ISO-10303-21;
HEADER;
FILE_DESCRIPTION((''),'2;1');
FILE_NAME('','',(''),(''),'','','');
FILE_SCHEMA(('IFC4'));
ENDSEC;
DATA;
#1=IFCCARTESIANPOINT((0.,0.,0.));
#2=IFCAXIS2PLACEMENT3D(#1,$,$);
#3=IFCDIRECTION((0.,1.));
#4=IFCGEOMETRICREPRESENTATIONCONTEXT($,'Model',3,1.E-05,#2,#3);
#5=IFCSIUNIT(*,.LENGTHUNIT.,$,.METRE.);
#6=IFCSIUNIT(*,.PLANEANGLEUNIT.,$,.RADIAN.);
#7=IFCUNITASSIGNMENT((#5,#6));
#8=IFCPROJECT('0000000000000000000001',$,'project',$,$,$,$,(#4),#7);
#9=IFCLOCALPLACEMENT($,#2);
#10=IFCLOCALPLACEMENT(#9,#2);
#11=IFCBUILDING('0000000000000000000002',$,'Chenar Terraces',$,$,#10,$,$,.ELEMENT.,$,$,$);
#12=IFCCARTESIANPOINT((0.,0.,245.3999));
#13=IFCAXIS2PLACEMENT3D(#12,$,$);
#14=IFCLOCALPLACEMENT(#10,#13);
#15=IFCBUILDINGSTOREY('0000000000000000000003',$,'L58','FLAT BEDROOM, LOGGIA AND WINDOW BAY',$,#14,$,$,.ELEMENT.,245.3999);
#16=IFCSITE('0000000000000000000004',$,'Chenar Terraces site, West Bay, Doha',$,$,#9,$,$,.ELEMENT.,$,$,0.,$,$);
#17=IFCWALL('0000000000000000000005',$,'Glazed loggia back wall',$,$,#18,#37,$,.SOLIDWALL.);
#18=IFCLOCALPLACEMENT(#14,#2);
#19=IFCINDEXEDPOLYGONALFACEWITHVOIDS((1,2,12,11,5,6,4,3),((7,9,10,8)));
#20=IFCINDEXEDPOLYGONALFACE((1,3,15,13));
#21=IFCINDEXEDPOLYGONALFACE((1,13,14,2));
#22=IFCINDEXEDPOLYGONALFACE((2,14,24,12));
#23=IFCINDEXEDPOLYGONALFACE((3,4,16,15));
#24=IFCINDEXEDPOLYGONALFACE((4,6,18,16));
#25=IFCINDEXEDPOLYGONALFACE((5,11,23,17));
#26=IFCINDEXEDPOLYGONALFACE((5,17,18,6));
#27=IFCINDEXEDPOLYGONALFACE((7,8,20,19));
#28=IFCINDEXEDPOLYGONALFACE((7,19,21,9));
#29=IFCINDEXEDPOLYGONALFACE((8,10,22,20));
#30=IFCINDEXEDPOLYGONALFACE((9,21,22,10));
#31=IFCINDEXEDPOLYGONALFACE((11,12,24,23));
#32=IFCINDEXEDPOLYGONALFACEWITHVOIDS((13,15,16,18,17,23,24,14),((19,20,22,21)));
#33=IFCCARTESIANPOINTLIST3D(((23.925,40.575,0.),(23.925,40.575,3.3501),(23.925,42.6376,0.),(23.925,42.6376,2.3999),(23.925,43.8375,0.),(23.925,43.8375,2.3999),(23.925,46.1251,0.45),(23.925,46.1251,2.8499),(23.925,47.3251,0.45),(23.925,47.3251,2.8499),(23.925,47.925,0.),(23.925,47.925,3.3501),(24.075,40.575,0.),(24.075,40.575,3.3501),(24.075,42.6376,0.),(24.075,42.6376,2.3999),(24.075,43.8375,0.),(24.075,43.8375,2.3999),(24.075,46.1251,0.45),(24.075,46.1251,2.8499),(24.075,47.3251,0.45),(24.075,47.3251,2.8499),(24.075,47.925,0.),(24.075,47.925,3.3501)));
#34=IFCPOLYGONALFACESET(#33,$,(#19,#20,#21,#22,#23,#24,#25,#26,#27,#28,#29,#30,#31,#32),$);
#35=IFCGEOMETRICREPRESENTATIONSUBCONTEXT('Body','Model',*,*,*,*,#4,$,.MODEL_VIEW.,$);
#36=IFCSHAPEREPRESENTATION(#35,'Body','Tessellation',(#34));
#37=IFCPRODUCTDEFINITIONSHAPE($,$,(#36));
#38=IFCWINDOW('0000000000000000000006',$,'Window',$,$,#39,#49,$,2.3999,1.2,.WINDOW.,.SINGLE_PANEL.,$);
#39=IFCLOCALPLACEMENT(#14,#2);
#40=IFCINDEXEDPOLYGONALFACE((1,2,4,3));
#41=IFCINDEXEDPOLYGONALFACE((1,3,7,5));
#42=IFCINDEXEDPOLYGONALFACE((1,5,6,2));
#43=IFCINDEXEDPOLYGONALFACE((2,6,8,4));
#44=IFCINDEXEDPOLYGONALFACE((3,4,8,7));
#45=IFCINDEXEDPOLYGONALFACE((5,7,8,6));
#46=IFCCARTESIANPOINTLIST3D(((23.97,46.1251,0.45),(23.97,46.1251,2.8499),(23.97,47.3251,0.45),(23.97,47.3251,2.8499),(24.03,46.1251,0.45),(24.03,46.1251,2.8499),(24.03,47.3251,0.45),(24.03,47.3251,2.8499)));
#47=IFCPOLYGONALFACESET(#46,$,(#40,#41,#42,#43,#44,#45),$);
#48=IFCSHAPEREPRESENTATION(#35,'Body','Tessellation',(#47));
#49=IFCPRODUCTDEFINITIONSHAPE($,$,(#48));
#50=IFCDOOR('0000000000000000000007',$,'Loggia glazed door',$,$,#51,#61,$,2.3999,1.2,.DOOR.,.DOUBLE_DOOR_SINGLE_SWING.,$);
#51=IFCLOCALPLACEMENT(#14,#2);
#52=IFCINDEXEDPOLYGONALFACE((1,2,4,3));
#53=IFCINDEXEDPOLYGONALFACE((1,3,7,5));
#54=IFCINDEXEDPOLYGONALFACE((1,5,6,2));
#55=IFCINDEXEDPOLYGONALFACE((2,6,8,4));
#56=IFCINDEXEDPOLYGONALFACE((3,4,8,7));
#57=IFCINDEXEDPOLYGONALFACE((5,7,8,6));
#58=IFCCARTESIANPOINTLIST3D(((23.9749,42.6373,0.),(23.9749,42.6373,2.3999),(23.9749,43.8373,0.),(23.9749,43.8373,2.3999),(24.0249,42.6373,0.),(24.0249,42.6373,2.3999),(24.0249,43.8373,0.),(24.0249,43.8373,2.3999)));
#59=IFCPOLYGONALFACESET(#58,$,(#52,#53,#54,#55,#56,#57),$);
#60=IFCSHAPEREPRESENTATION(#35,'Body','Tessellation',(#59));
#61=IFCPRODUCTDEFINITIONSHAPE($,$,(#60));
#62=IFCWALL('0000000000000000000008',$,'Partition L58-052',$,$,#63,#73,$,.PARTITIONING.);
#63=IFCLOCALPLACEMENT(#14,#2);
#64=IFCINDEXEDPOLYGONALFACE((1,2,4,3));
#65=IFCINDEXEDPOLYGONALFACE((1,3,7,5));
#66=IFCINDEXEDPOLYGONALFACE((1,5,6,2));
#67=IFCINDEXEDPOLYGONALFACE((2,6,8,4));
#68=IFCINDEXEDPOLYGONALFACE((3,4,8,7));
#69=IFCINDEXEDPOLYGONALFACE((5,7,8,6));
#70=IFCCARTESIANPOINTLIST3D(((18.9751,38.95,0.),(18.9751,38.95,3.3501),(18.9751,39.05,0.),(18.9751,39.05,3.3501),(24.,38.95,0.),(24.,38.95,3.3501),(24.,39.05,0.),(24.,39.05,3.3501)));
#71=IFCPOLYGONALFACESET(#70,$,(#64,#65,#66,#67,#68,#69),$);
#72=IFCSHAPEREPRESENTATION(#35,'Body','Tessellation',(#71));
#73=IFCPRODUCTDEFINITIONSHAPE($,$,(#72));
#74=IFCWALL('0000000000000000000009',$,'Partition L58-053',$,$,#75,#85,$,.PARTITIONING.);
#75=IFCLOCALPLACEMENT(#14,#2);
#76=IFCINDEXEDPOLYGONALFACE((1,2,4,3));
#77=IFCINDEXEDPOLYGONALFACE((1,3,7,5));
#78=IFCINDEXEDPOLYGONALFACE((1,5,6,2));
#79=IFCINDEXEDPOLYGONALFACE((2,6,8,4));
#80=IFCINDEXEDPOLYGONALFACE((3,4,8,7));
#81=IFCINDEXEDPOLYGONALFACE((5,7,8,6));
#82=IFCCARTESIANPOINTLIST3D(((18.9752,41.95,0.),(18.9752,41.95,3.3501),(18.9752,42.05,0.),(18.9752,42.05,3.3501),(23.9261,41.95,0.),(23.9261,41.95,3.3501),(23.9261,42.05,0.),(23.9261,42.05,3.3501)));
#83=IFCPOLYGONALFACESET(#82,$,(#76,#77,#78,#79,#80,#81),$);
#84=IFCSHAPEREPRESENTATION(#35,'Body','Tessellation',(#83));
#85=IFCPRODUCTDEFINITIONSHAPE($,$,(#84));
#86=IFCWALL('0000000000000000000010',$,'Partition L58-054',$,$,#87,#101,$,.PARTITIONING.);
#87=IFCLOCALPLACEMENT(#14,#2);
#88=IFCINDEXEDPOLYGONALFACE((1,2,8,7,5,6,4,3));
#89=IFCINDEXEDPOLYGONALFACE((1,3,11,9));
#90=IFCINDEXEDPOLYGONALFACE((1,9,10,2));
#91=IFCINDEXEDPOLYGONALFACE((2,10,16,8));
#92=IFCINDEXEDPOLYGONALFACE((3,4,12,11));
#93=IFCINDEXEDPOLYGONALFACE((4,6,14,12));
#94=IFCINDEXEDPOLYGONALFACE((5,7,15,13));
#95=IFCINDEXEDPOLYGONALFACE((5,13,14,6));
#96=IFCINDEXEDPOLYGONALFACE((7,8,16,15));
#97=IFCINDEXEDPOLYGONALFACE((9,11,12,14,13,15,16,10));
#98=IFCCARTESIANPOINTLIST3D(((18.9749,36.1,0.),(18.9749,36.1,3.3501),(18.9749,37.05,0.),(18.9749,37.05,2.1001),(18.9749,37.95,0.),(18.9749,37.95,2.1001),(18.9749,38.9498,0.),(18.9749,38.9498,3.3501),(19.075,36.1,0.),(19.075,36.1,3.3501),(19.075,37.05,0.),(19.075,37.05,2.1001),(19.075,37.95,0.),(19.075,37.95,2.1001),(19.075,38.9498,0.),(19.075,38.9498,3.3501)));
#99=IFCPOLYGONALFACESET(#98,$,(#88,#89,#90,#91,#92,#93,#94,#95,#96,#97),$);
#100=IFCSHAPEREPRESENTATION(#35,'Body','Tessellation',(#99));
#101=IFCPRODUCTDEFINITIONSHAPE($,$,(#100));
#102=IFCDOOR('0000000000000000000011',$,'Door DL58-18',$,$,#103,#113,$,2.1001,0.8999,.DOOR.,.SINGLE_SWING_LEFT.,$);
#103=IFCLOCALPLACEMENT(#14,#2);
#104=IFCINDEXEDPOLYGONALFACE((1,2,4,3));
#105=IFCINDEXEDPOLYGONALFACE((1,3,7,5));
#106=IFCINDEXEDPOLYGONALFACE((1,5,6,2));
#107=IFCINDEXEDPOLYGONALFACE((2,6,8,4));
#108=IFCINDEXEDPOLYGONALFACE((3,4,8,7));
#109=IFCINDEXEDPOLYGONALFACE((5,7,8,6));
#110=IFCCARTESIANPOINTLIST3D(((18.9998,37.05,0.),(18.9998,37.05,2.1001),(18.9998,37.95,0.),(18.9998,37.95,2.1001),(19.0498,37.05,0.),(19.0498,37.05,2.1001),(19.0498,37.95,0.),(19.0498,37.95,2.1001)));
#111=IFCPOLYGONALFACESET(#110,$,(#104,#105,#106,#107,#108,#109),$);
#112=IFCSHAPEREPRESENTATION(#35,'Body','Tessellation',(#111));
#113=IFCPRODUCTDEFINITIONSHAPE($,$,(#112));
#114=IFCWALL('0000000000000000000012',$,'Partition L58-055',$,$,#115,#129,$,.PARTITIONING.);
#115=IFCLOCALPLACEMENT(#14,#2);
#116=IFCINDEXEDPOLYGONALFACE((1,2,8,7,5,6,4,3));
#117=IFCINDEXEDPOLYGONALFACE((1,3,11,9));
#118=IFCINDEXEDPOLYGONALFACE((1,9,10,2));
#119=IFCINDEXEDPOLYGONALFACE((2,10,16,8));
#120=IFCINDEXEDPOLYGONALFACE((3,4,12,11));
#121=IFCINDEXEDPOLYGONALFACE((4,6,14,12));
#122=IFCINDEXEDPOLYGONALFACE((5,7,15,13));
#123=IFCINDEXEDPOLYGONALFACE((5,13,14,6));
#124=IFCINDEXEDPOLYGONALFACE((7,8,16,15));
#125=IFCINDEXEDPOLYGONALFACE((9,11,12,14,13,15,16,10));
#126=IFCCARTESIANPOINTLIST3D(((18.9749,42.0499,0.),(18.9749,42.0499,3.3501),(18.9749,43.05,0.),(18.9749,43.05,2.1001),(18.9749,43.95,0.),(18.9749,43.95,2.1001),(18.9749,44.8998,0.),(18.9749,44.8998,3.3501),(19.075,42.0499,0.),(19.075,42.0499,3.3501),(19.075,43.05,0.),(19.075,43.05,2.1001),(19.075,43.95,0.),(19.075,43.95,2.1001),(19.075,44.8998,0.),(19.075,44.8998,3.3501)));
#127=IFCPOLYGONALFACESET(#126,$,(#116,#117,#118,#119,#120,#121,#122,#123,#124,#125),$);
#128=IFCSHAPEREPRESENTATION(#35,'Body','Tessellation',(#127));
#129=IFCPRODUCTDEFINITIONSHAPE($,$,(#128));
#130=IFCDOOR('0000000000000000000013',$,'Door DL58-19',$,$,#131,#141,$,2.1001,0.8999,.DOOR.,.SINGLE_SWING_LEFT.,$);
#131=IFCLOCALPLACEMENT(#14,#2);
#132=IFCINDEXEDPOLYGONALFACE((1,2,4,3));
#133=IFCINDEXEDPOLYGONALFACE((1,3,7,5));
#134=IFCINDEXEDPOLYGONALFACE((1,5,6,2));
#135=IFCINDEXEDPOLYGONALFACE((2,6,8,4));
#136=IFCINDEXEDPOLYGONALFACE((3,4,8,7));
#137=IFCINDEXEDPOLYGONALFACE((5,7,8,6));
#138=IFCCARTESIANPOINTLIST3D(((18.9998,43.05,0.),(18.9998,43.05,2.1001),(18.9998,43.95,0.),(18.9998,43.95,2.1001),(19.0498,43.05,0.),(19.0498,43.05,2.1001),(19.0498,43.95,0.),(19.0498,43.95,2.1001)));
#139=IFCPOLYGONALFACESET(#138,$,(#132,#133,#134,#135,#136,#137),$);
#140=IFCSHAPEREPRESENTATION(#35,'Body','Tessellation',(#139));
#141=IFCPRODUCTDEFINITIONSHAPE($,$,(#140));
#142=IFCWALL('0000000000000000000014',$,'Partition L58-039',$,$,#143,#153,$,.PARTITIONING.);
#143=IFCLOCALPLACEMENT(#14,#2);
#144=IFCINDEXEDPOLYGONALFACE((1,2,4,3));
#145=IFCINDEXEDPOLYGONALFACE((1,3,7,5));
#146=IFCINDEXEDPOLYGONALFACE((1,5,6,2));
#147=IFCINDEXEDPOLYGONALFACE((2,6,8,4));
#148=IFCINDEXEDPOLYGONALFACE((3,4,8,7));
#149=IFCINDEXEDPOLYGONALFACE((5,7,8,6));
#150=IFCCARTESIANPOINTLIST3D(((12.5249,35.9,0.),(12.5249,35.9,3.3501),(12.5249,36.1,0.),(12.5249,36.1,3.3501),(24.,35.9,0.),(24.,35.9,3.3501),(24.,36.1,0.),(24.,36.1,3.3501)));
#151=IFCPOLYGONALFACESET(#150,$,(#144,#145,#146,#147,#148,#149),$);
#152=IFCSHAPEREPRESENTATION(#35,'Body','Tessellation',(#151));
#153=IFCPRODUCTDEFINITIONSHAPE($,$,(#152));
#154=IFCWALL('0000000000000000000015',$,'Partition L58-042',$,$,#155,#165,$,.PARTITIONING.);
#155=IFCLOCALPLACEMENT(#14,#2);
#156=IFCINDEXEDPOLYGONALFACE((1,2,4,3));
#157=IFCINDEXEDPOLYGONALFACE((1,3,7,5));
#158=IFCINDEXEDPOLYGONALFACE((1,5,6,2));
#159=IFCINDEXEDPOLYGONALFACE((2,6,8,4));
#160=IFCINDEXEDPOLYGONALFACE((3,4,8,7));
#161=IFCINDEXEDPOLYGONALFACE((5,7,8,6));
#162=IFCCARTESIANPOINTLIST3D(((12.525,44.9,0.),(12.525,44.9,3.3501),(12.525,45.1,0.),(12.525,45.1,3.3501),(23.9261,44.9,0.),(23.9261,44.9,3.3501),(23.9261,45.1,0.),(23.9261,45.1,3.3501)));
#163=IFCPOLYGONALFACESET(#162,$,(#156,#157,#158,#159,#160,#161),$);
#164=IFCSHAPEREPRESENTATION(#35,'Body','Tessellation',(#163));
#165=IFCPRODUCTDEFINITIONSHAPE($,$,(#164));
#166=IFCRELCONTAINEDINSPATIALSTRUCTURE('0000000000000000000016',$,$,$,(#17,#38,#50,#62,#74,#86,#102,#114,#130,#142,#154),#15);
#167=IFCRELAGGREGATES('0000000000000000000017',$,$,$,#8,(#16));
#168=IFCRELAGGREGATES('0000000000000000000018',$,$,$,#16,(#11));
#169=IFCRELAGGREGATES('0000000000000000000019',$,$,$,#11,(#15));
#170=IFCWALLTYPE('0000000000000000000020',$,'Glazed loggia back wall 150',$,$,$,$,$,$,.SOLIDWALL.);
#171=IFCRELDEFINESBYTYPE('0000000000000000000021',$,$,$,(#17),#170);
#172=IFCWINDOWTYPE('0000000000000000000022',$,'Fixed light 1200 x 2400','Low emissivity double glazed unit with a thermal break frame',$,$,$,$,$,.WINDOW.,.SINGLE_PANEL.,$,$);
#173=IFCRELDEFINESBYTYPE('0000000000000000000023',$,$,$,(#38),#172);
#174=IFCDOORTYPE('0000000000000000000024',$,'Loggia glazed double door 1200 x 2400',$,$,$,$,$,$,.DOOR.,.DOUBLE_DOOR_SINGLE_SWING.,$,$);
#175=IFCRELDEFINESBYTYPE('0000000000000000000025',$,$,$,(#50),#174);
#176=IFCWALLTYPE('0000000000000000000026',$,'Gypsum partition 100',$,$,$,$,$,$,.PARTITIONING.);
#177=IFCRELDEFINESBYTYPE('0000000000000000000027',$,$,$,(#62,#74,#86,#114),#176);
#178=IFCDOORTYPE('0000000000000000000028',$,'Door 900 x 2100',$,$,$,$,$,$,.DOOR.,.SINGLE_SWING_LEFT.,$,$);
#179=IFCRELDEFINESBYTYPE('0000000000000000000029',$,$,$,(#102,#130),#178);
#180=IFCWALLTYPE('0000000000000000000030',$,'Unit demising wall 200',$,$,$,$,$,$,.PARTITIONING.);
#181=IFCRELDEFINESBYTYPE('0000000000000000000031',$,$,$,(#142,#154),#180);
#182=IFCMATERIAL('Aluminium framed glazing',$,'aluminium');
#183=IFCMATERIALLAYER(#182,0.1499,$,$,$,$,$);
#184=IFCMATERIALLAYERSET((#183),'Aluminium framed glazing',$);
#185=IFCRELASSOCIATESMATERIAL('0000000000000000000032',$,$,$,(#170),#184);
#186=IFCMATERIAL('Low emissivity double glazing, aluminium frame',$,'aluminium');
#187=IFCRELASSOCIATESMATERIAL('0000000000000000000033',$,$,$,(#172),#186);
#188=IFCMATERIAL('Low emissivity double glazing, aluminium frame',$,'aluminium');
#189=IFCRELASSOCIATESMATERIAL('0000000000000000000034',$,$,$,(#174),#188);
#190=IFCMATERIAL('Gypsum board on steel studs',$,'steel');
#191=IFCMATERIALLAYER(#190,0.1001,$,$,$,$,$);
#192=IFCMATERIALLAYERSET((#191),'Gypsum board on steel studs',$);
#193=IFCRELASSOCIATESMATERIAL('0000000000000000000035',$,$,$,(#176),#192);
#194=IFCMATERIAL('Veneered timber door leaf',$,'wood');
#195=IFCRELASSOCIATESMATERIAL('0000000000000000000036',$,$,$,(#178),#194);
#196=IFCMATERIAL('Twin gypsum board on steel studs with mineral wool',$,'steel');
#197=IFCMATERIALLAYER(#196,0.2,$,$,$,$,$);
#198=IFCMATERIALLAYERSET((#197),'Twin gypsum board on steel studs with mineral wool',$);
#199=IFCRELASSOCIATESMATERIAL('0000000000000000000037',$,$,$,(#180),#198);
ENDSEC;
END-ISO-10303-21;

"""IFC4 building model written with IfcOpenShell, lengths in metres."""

from ifc_helpers import new_model, si_unit, direction, frame, frame_2d, origin, place, context, subcontext, project, spatial, rectangle, extrude, material, layer, layer_set, type_object, element, fill, save


model = new_model("IFC4")

# Units and contexts
model_context = context("Model", 3, precision=1e-05, world=origin(), true_north=direction((0.0, 1.0)))
body_context = subcontext(model_context, "Body", "Model", "MODEL_VIEW")
ifc_project = project(units=[si_unit("LENGTHUNIT", "METRE"), si_unit("PLANEANGLEUNIT", "RADIAN")], contexts=[model_context])

# Site, building, storey
site_placement = place(None, origin())
site = spatial("IfcSite", under=ifc_project, at=site_placement, Name="Chenar Terraces site, West Bay, Doha", CompositionType="ELEMENT", RefElevation=0.0)
building_placement = place(site_placement, origin())
building = spatial("IfcBuilding", under=site, at=building_placement, Name="Chenar Terraces", CompositionType="ELEMENT")
storey_placement = place(building_placement, frame((0.0, 0.0, 245.3999)))
storey = spatial("IfcBuildingStorey", under=building, at=storey_placement, Name="L58", Description="FLAT BEDROOM, LOGGIA AND WINDOW BAY", CompositionType="ELEMENT", Elevation=245.3999)

# Wall, openings, window, door
ifc_material_1 = material(Name="Aluminium framed glazing", Category="aluminium")
ifc_layer_1 = layer(ifc_material_1, 0.1499)
ifc_layer_set_1 = layer_set([ifc_layer_1], Name="Aluminium framed glazing")
wall_type_1 = type_object("IfcWallType", Name="Glazed loggia back wall 150", PredefinedType="SOLIDWALL", material=ifc_layer_set_1)
wall_1_placement = place(storey_placement, frame((24.0, 40.575, 0.0), z_axis=(0.0, 0.0, 1.0), x_axis=(0.0, 1.0, 0.0)))
wall_1 = element("IfcWall", 1, at=wall_1_placement, inside=storey, type_object=wall_type_1, Name="Glazed loggia back wall", PredefinedType="SOLIDWALL", context=body_context, shape_type="SweptSolid", body=[
    extrude(rectangle(XDim=7.3501, YDim=0.1499, at=frame_2d((3.675, 0.0))), origin(), (0.0, 0.0, 1.0), 3.3501),
])
opening_1_placement = place(wall_1_placement, frame((2.0625, 0.0, 0.0)))
opening_1 = element("IfcOpeningElement", 2, at=opening_1_placement, cuts=wall_1, PredefinedType="OPENING", context=body_context, shape_type="SweptSolid", body=[
    extrude(rectangle(XDim=1.2, YDim=2.3999, at=frame_2d((0.6001, 1.2))), frame((0.0, 0.085, 0.0), z_axis=(0.0, -1.0, 0.0), x_axis=(1.0, 0.0, 0.0)), (0.0, 0.0, 1.0), 0.1699),
])
opening_2_placement = place(wall_1_placement, frame((5.55, 0.0, 0.45)))
opening_2 = element("IfcOpeningElement", 3, at=opening_2_placement, cuts=wall_1, PredefinedType="OPENING", context=body_context, shape_type="SweptSolid", body=[
    extrude(rectangle(XDim=1.2, YDim=2.3999, at=frame_2d((0.6001, 1.2))), frame((0.0, 0.085, 0.0), z_axis=(0.0, -1.0, 0.0), x_axis=(1.0, 0.0, 0.0)), (0.0, 0.0, 1.0), 0.1699),
])
ifc_material_2 = material(Name="Low emissivity double glazing, aluminium frame", Category="aluminium")
window_type = type_object("IfcWindowType", Name="Fixed light 1200 x 2400", Description="Low emissivity double glazed unit with a thermal break frame", PartitioningType="SINGLE_PANEL", PredefinedType="WINDOW", material=ifc_material_2)
window_placement = place(opening_2_placement, origin())
window = element("IfcWindow", 4, at=window_placement, inside=storey, type_object=window_type, Name="Window", OverallHeight=2.3999, OverallWidth=1.2, PartitioningType="SINGLE_PANEL", PredefinedType="WINDOW", context=body_context, shape_type="SweptSolid", body=[
    extrude(rectangle(XDim=1.2, YDim=2.3999, at=frame_2d((0.6001, 1.2))), frame((0.0, 0.03, 0.0), z_axis=(0.0, -1.0, 0.0), x_axis=(1.0, 0.0, 0.0)), (0.0, 0.0, 1.0), 0.0601),
])
fill(opening_2, window)
ifc_material_3 = material(Name="Low emissivity double glazing, aluminium frame", Category="aluminium")
door_type_1 = type_object("IfcDoorType", Name="Loggia glazed double door 1200 x 2400", OperationType="DOUBLE_DOOR_SINGLE_SWING", PredefinedType="DOOR", material=ifc_material_3)
door_1_placement = place(opening_1_placement, frame((1.2, 0.0, 0.0), z_axis=(0.0, 0.0, 1.0), x_axis=(-1.0, 0.0, 0.0)))
door_1 = element("IfcDoor", 5, at=door_1_placement, inside=storey, type_object=door_type_1, Name="Loggia glazed door", OperationType="DOUBLE_DOOR_SINGLE_SWING", OverallHeight=2.3999, OverallWidth=1.2, PredefinedType="DOOR", context=body_context, shape_type="SweptSolid", body=[
    extrude(rectangle(XDim=1.2, YDim=2.3999, at=frame_2d((0.6001, 1.2))), frame((0.0, 0.0249, 0.0), z_axis=(0.0, -1.0, 0.0), x_axis=(1.0, 0.0, 0.0)), (0.0, 0.0, 1.0), 0.05),
])
fill(opening_1, door_1)

# Walls
ifc_material_4 = material(Name="Gypsum board on steel studs", Category="steel")
ifc_layer_2 = layer(ifc_material_4, 0.1001)
ifc_layer_set_2 = layer_set([ifc_layer_2], Name="Gypsum board on steel studs")
wall_type_2 = type_object("IfcWallType", Name="Gypsum partition 100", PredefinedType="PARTITIONING", material=ifc_layer_set_2)
wall_2_placement = place(storey_placement, frame((18.9751, 39.0, 0.0), z_axis=(0.0, 0.0, 1.0), x_axis=(1.0, 0.0, 0.0)))
element("IfcWall", 6, at=wall_2_placement, inside=storey, type_object=wall_type_2, Name="Partition L58-052", PredefinedType="PARTITIONING", context=body_context, shape_type="SweptSolid", body=[
    extrude(rectangle(XDim=5.0249, YDim=0.1001, at=frame_2d((2.5125, 0.0))), origin(), (0.0, 0.0, 1.0), 3.3501),
])
wall_3_placement = place(storey_placement, frame((18.9751, 42.0, 0.0), z_axis=(0.0, 0.0, 1.0), x_axis=(1.0, 0.0, 0.0)))
element("IfcWall", 7, at=wall_3_placement, inside=storey, type_object=wall_type_2, Name="Partition L58-053", PredefinedType="PARTITIONING", context=body_context, shape_type="SweptSolid", body=[
    extrude(rectangle(XDim=4.9509, YDim=0.1001, at=frame_2d((2.4756, 0.0))), origin(), (0.0, 0.0, 1.0), 3.3501),
])

# Walls, openings, doors
wall_4_placement = place(storey_placement, frame((19.0249, 36.1001, 0.0), z_axis=(0.0, 0.0, 1.0), x_axis=(0.0, 1.0, 0.0)))
wall_4 = element("IfcWall", 8, at=wall_4_placement, inside=storey, type_object=wall_type_2, Name="Partition L58-054", PredefinedType="PARTITIONING", context=body_context, shape_type="SweptSolid", body=[
    extrude(rectangle(XDim=2.8499, YDim=0.1001, at=frame_2d((1.4248, 0.0))), origin(), (0.0, 0.0, 1.0), 3.3501),
])
opening_3_placement = place(wall_4_placement, frame((0.95, 0.0, 0.0)))
opening_3 = element("IfcOpeningElement", 9, at=opening_3_placement, cuts=wall_4, PredefinedType="OPENING", context=body_context, shape_type="SweptSolid", body=[
    extrude(rectangle(XDim=0.8999, YDim=2.1001, at=frame_2d((0.45, 1.05))), frame((0.0, 0.0601, 0.0), z_axis=(0.0, -1.0, 0.0), x_axis=(1.0, 0.0, 0.0)), (0.0, 0.0, 1.0), 0.1201),
])
ifc_material_5 = material(Name="Veneered timber door leaf", Category="wood")
door_type_2 = type_object("IfcDoorType", Name="Door 900 x 2100", OperationType="SINGLE_SWING_LEFT", PredefinedType="DOOR", material=ifc_material_5)
door_2_placement = place(opening_3_placement, frame((0.8999, 0.0, 0.0), z_axis=(0.0, 0.0, 1.0), x_axis=(-1.0, 0.0, 0.0)))
door_2 = element("IfcDoor", 10, at=door_2_placement, inside=storey, type_object=door_type_2, Name="Door DL58-18", OperationType="SINGLE_SWING_LEFT", OverallHeight=2.1001, OverallWidth=0.8999, PredefinedType="DOOR", context=body_context, shape_type="SweptSolid", body=[
    extrude(rectangle(XDim=0.8999, YDim=2.1001, at=frame_2d((0.45, 1.05))), frame((0.0, 0.0249, 0.0), z_axis=(0.0, -1.0, 0.0), x_axis=(1.0, 0.0, 0.0)), (0.0, 0.0, 1.0), 0.05),
])
fill(opening_3, door_2)
wall_5_placement = place(storey_placement, frame((19.0249, 42.05, 0.0), z_axis=(0.0, 0.0, 1.0), x_axis=(0.0, 1.0, 0.0)))
wall_5 = element("IfcWall", 11, at=wall_5_placement, inside=storey, type_object=wall_type_2, Name="Partition L58-055", PredefinedType="PARTITIONING", context=body_context, shape_type="SweptSolid", body=[
    extrude(rectangle(XDim=2.8499, YDim=0.1001, at=frame_2d((1.4248, 0.0))), origin(), (0.0, 0.0, 1.0), 3.3501),
])
opening_4_placement = place(wall_5_placement, frame((1.0, 0.0, 0.0)))
opening_4 = element("IfcOpeningElement", 12, at=opening_4_placement, cuts=wall_5, PredefinedType="OPENING", context=body_context, shape_type="SweptSolid", body=[
    extrude(rectangle(XDim=0.8999, YDim=2.1001, at=frame_2d((0.45, 1.05))), frame((0.0, 0.0601, 0.0), z_axis=(0.0, -1.0, 0.0), x_axis=(1.0, 0.0, 0.0)), (0.0, 0.0, 1.0), 0.1201),
])
door_3_placement = place(opening_4_placement, frame((0.8999, 0.0, 0.0), z_axis=(0.0, 0.0, 1.0), x_axis=(-1.0, 0.0, 0.0)))
door_3 = element("IfcDoor", 13, at=door_3_placement, inside=storey, type_object=door_type_2, Name="Door DL58-19", OperationType="SINGLE_SWING_LEFT", OverallHeight=2.1001, OverallWidth=0.8999, PredefinedType="DOOR", context=body_context, shape_type="SweptSolid", body=[
    extrude(rectangle(XDim=0.8999, YDim=2.1001, at=frame_2d((0.45, 1.05))), frame((0.0, 0.0249, 0.0), z_axis=(0.0, -1.0, 0.0), x_axis=(1.0, 0.0, 0.0)), (0.0, 0.0, 1.0), 0.05),
])
fill(opening_4, door_3)

# Walls
ifc_material_6 = material(Name="Twin gypsum board on steel studs with mineral wool", Category="steel")
ifc_layer_3 = layer(ifc_material_6, 0.2)
ifc_layer_set_3 = layer_set([ifc_layer_3], Name="Twin gypsum board on steel studs with mineral wool")
wall_type_3 = type_object("IfcWallType", Name="Unit demising wall 200", PredefinedType="PARTITIONING", material=ifc_layer_set_3)
wall_6_placement = place(storey_placement, frame((12.5249, 36.0, 0.0), z_axis=(0.0, 0.0, 1.0), x_axis=(1.0, 0.0, 0.0)))
element("IfcWall", 14, at=wall_6_placement, inside=storey, type_object=wall_type_3, Name="Partition L58-039", PredefinedType="PARTITIONING", context=body_context, shape_type="SweptSolid", body=[
    extrude(rectangle(XDim=11.4751, YDim=0.2, at=frame_2d((5.7375, 0.0))), origin(), (0.0, 0.0, 1.0), 3.3501),
])
wall_7_placement = place(storey_placement, frame((12.5249, 45.0, 0.0), z_axis=(0.0, 0.0, 1.0), x_axis=(1.0, 0.0, 0.0)))
element("IfcWall", 15, at=wall_7_placement, inside=storey, type_object=wall_type_3, Name="Partition L58-042", PredefinedType="PARTITIONING", context=body_context, shape_type="SweptSolid", body=[
    extrude(rectangle(XDim=11.4011, YDim=0.2, at=frame_2d((5.7007, 0.0))), origin(), (0.0, 0.0, 1.0), 3.3501),
])

save(model, "model.ifc")
